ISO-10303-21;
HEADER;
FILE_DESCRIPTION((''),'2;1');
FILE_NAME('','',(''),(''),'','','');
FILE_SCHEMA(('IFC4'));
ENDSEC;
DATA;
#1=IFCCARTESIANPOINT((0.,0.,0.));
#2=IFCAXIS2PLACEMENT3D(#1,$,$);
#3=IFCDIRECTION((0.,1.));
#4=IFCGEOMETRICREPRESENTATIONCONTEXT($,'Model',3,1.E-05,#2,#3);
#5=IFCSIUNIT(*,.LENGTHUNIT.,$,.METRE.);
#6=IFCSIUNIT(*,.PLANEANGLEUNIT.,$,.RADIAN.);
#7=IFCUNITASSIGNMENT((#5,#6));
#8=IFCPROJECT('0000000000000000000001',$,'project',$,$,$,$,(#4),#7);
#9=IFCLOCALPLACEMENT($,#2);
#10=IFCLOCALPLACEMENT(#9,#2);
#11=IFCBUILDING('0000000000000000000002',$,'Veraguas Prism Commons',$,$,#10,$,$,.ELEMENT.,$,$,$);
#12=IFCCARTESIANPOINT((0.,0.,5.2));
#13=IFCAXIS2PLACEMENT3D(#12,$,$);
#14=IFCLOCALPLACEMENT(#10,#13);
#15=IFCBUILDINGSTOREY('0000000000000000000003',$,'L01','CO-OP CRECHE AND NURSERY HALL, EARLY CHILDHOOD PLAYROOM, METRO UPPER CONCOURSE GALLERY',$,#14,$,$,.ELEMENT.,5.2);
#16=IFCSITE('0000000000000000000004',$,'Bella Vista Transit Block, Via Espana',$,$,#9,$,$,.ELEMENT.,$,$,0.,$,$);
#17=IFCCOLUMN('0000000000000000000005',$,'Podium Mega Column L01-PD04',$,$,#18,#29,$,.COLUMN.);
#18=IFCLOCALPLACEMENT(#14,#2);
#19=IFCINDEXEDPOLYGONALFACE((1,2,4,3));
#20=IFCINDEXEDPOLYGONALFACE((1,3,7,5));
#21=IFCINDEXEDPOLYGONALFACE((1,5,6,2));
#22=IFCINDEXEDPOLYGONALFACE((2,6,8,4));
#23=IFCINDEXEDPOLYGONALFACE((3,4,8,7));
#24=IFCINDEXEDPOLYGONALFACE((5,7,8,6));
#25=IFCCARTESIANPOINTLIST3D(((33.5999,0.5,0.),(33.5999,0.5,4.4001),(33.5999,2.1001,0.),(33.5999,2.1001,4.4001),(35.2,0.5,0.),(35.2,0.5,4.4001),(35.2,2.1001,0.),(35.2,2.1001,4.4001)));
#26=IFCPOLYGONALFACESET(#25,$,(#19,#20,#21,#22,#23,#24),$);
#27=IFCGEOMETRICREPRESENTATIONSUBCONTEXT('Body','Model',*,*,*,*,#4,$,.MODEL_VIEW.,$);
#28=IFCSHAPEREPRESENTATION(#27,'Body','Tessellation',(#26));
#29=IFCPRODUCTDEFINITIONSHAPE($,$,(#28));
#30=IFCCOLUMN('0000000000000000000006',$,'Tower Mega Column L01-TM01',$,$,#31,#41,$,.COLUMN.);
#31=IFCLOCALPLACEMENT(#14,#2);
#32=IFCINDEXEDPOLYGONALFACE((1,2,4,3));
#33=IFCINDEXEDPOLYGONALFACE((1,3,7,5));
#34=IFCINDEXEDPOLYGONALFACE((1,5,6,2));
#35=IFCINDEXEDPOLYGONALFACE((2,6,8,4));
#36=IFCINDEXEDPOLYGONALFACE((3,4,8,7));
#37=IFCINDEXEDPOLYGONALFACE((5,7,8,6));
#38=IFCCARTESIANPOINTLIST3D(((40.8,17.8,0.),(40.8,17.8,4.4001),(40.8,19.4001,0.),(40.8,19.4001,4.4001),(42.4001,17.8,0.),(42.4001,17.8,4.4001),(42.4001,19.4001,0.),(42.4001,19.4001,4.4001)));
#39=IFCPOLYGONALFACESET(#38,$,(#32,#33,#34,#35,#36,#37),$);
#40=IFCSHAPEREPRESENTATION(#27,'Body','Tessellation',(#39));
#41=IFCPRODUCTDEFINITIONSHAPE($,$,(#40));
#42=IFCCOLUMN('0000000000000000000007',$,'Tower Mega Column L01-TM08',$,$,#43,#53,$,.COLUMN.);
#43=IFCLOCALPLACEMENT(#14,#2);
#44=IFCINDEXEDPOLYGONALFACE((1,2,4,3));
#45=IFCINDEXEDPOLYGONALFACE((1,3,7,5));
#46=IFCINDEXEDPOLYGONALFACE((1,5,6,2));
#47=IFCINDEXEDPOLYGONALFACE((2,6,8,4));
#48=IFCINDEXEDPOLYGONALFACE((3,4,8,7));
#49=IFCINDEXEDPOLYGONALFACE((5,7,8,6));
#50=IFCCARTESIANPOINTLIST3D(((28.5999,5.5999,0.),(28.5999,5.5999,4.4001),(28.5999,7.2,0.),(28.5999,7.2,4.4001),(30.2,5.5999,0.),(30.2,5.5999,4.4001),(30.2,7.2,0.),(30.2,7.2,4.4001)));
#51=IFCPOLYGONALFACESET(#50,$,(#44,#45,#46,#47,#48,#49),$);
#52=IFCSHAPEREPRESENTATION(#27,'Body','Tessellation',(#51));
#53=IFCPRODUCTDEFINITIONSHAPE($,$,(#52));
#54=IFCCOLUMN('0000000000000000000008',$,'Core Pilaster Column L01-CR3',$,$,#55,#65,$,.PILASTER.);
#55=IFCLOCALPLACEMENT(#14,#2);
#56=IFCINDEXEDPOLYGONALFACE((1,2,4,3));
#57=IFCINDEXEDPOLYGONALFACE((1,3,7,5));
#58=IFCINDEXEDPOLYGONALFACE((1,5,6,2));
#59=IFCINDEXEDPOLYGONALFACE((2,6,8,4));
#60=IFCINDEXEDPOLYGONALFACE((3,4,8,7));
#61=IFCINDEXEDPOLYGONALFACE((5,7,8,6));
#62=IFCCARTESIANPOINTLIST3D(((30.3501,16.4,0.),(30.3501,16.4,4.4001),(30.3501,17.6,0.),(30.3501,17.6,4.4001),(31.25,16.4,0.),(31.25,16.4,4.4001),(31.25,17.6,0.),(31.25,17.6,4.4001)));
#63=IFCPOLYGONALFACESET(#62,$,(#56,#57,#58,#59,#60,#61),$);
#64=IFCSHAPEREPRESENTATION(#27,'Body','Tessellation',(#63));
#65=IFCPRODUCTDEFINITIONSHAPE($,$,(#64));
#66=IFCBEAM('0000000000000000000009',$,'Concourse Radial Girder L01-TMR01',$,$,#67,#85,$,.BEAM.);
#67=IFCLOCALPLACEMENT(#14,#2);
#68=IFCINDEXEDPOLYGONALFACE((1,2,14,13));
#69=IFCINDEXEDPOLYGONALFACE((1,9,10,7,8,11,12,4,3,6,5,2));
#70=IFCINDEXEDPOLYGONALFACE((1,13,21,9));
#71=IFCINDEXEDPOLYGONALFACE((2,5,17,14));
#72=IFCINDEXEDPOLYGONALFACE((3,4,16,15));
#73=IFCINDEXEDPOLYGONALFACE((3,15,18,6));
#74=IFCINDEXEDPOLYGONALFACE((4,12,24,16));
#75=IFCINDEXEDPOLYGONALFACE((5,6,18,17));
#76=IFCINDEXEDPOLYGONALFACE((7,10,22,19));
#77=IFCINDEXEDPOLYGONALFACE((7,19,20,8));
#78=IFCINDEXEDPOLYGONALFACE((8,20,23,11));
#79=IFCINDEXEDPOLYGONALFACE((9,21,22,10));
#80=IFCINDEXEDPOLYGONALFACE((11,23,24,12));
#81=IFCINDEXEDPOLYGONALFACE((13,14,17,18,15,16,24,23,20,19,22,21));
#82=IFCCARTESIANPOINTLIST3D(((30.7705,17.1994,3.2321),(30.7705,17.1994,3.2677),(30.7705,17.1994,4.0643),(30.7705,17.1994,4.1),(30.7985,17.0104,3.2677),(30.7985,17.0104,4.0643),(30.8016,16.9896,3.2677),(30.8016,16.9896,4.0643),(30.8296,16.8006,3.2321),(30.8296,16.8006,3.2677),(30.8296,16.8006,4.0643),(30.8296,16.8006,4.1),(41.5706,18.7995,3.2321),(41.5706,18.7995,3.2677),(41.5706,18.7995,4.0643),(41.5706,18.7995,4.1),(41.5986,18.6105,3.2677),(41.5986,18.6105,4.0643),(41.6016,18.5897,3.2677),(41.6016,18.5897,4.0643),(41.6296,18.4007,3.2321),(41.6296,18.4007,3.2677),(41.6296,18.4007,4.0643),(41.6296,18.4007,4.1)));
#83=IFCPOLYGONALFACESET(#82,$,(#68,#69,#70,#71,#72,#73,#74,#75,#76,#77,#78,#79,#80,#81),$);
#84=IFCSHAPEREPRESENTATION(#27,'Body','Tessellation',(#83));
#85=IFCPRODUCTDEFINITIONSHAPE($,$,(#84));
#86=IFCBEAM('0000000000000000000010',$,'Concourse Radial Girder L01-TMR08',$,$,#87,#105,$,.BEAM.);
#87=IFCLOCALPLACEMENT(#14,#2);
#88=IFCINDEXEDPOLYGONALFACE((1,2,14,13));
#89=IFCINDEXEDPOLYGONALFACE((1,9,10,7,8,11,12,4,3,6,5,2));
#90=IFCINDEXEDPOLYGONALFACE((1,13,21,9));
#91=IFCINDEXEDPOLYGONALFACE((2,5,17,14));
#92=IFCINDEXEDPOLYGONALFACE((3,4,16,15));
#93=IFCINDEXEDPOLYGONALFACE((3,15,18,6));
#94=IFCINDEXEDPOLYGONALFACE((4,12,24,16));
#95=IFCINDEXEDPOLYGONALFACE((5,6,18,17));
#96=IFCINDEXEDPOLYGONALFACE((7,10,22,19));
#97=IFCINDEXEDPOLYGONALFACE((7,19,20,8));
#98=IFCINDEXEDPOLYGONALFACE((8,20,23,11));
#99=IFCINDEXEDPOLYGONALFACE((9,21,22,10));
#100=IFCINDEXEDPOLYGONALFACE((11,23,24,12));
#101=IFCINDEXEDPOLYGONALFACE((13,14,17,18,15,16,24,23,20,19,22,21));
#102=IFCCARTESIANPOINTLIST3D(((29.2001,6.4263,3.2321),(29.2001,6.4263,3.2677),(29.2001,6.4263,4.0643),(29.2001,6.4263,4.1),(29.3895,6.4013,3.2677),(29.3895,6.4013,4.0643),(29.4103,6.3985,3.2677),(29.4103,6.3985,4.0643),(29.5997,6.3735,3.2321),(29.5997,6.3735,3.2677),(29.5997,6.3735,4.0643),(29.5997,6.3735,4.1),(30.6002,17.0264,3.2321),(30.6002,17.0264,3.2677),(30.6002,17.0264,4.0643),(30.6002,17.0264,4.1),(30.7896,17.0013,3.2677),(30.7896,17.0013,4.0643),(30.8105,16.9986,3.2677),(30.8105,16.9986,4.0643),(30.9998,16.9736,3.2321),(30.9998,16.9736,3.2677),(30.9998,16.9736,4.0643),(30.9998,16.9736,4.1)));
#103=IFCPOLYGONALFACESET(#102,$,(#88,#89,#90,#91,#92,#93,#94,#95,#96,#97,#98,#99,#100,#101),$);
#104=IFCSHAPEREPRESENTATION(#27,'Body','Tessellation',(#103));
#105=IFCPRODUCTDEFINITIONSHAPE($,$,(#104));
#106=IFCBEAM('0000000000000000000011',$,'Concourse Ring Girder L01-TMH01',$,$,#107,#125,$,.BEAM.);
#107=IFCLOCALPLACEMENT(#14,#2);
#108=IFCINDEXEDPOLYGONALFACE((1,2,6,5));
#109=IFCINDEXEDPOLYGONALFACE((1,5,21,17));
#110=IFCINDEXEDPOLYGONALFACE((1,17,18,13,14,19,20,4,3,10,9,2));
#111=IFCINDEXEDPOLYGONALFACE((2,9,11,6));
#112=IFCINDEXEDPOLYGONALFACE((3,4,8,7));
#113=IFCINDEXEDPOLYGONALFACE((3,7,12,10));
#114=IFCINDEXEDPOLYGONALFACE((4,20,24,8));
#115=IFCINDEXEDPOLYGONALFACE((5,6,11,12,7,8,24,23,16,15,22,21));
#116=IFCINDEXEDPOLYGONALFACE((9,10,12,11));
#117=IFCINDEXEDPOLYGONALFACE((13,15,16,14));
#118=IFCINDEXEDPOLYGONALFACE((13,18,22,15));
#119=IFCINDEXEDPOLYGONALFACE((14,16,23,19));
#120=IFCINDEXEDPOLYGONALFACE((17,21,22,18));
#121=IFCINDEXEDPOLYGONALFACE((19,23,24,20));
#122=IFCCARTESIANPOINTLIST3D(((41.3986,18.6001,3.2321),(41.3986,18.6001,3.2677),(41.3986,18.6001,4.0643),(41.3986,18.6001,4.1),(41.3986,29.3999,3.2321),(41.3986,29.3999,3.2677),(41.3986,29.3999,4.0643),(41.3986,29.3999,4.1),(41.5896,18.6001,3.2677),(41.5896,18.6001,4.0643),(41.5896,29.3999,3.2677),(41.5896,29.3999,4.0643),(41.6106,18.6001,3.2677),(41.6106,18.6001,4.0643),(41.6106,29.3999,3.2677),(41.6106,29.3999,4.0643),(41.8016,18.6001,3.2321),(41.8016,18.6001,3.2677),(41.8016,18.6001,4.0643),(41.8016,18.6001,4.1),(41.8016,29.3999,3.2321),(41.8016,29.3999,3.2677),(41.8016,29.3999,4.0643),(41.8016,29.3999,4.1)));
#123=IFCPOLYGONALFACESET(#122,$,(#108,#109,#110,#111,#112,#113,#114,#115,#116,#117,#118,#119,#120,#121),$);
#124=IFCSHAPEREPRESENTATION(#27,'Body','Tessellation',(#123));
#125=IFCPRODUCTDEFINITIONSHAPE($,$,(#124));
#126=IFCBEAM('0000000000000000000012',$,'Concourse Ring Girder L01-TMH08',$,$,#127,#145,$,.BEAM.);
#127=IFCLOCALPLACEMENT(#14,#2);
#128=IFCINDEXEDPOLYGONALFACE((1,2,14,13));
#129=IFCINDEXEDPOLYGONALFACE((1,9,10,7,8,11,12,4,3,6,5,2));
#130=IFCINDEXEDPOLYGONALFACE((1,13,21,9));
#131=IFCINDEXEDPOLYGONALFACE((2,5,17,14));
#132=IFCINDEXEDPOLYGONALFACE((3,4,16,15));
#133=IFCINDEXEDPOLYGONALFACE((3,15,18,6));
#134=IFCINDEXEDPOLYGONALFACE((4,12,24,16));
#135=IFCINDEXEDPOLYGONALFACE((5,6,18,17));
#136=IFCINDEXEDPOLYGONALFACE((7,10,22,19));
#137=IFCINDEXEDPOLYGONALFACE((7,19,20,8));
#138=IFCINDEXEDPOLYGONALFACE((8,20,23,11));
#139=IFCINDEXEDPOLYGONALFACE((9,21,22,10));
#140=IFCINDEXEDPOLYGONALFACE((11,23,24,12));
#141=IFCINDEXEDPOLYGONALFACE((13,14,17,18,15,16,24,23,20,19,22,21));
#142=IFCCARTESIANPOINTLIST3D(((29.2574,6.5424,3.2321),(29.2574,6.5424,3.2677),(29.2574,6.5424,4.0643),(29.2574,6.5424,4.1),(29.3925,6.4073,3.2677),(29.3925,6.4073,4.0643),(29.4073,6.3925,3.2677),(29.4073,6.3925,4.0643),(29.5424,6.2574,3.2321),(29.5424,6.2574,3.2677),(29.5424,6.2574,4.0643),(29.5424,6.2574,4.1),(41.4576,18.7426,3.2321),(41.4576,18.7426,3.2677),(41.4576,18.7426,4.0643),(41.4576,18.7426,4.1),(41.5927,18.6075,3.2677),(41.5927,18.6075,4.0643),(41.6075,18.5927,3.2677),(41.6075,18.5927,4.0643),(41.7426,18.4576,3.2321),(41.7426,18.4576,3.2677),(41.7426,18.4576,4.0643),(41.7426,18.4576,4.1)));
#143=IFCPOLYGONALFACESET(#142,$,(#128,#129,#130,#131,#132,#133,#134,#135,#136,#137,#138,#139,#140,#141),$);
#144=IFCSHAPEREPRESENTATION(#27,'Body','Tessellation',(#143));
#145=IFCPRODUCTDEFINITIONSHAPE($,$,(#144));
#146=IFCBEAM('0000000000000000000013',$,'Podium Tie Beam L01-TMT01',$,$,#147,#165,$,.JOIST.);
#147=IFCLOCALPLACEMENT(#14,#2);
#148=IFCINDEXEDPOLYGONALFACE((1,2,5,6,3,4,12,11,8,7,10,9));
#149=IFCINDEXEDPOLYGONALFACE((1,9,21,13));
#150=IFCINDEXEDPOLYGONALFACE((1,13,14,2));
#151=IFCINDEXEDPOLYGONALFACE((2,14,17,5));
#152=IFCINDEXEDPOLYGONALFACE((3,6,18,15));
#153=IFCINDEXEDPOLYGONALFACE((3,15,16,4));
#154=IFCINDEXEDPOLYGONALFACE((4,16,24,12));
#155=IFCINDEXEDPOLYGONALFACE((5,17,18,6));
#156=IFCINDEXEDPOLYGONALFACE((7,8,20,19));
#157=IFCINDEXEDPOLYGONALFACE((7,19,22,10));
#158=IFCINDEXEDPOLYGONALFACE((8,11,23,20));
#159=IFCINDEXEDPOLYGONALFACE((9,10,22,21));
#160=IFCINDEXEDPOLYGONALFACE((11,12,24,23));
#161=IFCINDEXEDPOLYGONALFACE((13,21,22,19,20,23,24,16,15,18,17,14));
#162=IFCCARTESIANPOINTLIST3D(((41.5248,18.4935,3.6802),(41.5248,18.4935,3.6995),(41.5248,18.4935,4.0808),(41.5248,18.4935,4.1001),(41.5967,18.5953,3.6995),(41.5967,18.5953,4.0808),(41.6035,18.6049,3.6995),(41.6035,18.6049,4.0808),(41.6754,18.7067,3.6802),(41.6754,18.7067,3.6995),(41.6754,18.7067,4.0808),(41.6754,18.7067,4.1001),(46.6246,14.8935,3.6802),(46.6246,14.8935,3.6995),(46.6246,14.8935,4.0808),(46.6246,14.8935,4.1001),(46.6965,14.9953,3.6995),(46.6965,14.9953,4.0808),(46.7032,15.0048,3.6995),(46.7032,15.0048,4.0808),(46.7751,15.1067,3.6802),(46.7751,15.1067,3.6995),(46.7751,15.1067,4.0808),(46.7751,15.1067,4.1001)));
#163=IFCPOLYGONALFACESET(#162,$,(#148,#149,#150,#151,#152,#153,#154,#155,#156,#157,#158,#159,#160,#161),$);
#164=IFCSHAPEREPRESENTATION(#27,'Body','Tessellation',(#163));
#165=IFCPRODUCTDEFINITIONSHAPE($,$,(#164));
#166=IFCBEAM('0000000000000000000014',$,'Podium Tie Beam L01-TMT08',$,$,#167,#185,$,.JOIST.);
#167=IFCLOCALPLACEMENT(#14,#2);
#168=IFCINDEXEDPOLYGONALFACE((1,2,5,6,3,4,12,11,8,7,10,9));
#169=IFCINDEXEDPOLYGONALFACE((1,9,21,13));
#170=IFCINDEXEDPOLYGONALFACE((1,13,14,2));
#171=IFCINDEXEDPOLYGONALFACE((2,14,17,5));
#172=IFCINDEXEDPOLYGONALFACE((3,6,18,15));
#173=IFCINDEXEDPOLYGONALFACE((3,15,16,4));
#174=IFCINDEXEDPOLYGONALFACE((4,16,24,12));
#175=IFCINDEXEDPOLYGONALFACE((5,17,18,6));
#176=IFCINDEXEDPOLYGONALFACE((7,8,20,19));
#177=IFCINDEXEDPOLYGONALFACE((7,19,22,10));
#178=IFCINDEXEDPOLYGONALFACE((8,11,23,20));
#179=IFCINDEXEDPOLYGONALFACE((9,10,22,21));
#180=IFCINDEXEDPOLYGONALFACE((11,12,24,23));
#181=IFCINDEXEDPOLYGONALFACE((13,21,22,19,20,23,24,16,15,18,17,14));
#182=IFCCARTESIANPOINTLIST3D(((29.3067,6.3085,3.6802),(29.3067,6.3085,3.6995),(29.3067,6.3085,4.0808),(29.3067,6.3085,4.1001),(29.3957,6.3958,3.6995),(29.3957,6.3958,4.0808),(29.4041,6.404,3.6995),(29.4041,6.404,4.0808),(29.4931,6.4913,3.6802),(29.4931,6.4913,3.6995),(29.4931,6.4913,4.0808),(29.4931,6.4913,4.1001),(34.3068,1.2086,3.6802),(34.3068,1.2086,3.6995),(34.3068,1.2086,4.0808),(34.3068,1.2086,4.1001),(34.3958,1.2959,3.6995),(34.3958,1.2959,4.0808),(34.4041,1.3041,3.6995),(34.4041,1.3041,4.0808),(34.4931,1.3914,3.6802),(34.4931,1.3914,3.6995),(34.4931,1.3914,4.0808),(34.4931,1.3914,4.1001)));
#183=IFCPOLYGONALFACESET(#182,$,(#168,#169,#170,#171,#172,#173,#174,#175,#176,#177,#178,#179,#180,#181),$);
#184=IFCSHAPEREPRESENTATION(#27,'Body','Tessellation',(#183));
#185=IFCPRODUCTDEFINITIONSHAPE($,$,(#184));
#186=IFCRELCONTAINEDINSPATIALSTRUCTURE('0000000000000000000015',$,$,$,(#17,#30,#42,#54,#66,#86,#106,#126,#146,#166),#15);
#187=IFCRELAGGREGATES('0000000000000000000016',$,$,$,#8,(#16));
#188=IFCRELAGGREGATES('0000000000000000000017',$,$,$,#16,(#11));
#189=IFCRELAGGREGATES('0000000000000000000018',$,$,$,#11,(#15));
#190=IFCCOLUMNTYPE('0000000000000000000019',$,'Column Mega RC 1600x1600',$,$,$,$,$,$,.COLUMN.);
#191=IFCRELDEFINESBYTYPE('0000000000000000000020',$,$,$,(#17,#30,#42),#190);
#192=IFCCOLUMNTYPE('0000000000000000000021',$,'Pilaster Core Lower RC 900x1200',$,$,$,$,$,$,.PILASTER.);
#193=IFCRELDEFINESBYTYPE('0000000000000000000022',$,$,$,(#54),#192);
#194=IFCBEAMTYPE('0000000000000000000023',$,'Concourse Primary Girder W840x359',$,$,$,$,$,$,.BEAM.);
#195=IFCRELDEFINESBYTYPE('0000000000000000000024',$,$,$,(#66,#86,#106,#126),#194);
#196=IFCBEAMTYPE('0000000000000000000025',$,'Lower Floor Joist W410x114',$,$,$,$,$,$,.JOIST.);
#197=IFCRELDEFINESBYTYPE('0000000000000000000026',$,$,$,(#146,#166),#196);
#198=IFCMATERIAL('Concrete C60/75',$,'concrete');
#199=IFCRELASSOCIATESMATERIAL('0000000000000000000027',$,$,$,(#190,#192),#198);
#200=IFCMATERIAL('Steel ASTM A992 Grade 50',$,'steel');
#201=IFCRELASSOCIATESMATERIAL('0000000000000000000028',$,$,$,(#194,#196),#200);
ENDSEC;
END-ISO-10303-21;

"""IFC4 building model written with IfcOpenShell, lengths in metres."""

from ifc_helpers import new_model, si_unit, direction, frame, origin, origin_2d, place, context, subcontext, project, spatial, rectangle, i_section, extrude, material, material_profile, profile_set, type_object, element, save


model = new_model("IFC4")

# Units and contexts
model_context = context("Model", 3, precision=1e-05, world=origin(), true_north=direction((0.0, 1.0)))
body_context = subcontext(model_context, "Body", "Model", "MODEL_VIEW")
ifc_project = project(units=[si_unit("LENGTHUNIT", "METRE"), si_unit("PLANEANGLEUNIT", "RADIAN")], contexts=[model_context])

# Site, building, storey
site_placement = place(None, origin())
site = spatial("IfcSite", under=ifc_project, at=site_placement, Name="Bella Vista Transit Block, Via Espana", CompositionType="ELEMENT", RefElevation=0.0)
building_placement = place(site_placement, origin())
building = spatial("IfcBuilding", under=site, at=building_placement, Name="Veraguas Prism Commons", CompositionType="ELEMENT")
storey_placement = place(building_placement, frame((0.0, 0.0, 5.2)))
storey = spatial("IfcBuildingStorey", under=building, at=storey_placement, Name="L01", Description="CO-OP CRECHE AND NURSERY HALL, EARLY CHILDHOOD PLAYROOM, METRO UPPER CONCOURSE GALLERY", CompositionType="ELEMENT", Elevation=5.2)

# Columns
ifc_material_1 = material(Name="Concrete C60/75", Category="concrete")
ifc_material_profile_1 = material_profile(ifc_material_1, rectangle(XDim=1.6001, YDim=1.6001, at=origin_2d()), Name="RC1600X1600")
ifc_profile_set_1 = profile_set([ifc_material_profile_1], Name="Concrete C60/75")
column_type_1 = type_object("IfcColumnType", Name="Column Mega RC 1600x1600", PredefinedType="COLUMN", material=ifc_profile_set_1)
for number, where, z_axis, x_axis, name in (
    (1, (34.3999, 1.3, 0.0), (0.0, 0.0, 1.0), (1.0, 0.0, 0.0), "Podium Mega Column L01-PD04"),
    (2, (41.6001, 18.6001, 0.0), (0.0, 0.0, 1.0), (1.0, 0.0, 0.0), "Tower Mega Column L01-TM01"),
    (3, (29.3999, 6.3999, 0.0), (0.0, 0.0, 1.0), (1.0, 0.0, 0.0), "Tower Mega Column L01-TM08"),
):
    element("IfcColumn", number, at=place(storey_placement, frame(where, z_axis=z_axis, x_axis=x_axis)), inside=storey, type_object=column_type_1, Name=name, PredefinedType="COLUMN", context=body_context, shape_type="SweptSolid", body=[
        extrude(rectangle(XDim=1.6001, YDim=1.6001, at=origin_2d()), origin(), (0.0, 0.0, 1.0), 4.4001),
    ])
ifc_material_profile_2 = material_profile(ifc_material_1, rectangle(XDim=0.8999, YDim=1.2, at=origin_2d()), Name="RC900X1200")
ifc_profile_set_2 = profile_set([ifc_material_profile_2], Name="Concrete C60/75")
column_type_2 = type_object("IfcColumnType", Name="Pilaster Core Lower RC 900x1200", PredefinedType="PILASTER", material=ifc_profile_set_2)
column_placement = place(storey_placement, frame((30.8, 17.0, 0.0), z_axis=(0.0, 0.0, 1.0), x_axis=(1.0, 0.0, 0.0)))
element("IfcColumn", 4, at=column_placement, inside=storey, type_object=column_type_2, Name="Core Pilaster Column L01-CR3", PredefinedType="PILASTER", context=body_context, shape_type="SweptSolid", body=[
    extrude(rectangle(XDim=0.8999, YDim=1.2, at=origin_2d()), origin(), (0.0, 0.0, 1.0), 4.4001),
])

# Beams
ifc_material_2 = material(Name="Steel ASTM A992 Grade 50", Category="steel")
ifc_material_profile_3 = material_profile(ifc_material_2, i_section(OverallWidth=0.4031, OverallDepth=0.8679, WebThickness=0.021, FlangeThickness=0.0356, at=origin_2d()), Name="W840X359")
ifc_profile_set_3 = profile_set([ifc_material_profile_3], Name="Steel ASTM A992 Grade 50")
beam_type_1 = type_object("IfcBeamType", Name="Concourse Primary Girder W840x359", PredefinedType="BEAM", material=ifc_profile_set_3)
beam_1_placement = place(storey_placement, frame((41.6001, 18.6001, 3.666), z_axis=(-0.989202, -0.146557, 0.0), x_axis=(0.146557, -0.989202, 0.0)))
element("IfcBeam", 5, at=beam_1_placement, inside=storey, type_object=beam_type_1, Name="Concourse Radial Girder L01-TMR01", PredefinedType="BEAM", context=body_context, shape_type="SweptSolid", body=[
    extrude(i_section(OverallWidth=0.4031, OverallDepth=0.8679, WebThickness=0.021, FlangeThickness=0.0356, at=origin_2d()), origin(), (0.0, 0.0, 1.0), 10.918),
])
beam_2_placement = place(storey_placement, frame((29.3999, 6.3999, 3.666), z_axis=(0.130951, 0.991389, 0.0), x_axis=(-0.991389, 0.130951, 0.0)))
element("IfcBeam", 6, at=beam_2_placement, inside=storey, type_object=beam_type_1, Name="Concourse Radial Girder L01-TMR08", PredefinedType="BEAM", context=body_context, shape_type="SweptSolid", body=[
    extrude(i_section(OverallWidth=0.4031, OverallDepth=0.8679, WebThickness=0.021, FlangeThickness=0.0356, at=origin_2d()), origin(), (0.0, 0.0, 1.0), 10.6921),
])
beam_3_placement = place(storey_placement, frame((41.6001, 18.6001, 3.666), z_axis=(0.0, 1.0, 0.0), x_axis=(-1.0, 0.0, 0.0)))
element("IfcBeam", 7, at=beam_3_placement, inside=storey, type_object=beam_type_1, Name="Concourse Ring Girder L01-TMH01", PredefinedType="BEAM", context=body_context, shape_type="SweptSolid", body=[
    extrude(i_section(OverallWidth=0.4031, OverallDepth=0.8679, WebThickness=0.021, FlangeThickness=0.0356, at=origin_2d()), origin(), (0.0, 0.0, 1.0), 10.7998),
])
beam_4_placement = place(storey_placement, frame((29.3999, 6.3999, 3.666), z_axis=(0.707107, 0.707107, 0.0), x_axis=(-0.707107, 0.707107, 0.0)))
element("IfcBeam", 8, at=beam_4_placement, inside=storey, type_object=beam_type_1, Name="Concourse Ring Girder L01-TMH08", PredefinedType="BEAM", context=body_context, shape_type="SweptSolid", body=[
    extrude(i_section(OverallWidth=0.4031, OverallDepth=0.8679, WebThickness=0.021, FlangeThickness=0.0356, at=origin_2d()), origin(), (0.0, 0.0, 1.0), 17.2537),
])
ifc_material_profile_4 = material_profile(ifc_material_2, i_section(OverallWidth=0.261, OverallDepth=0.4199, WebThickness=0.0117, FlangeThickness=0.0193, at=origin_2d()), Name="W410X114")
ifc_profile_set_4 = profile_set([ifc_material_profile_4], Name="Steel ASTM A992 Grade 50")
beam_type_2 = type_object("IfcBeamType", Name="Lower Floor Joist W410x114", PredefinedType="JOIST", material=ifc_profile_set_4)
beam_5_placement = place(storey_placement, frame((41.6001, 18.6001, 3.8901), z_axis=(0.816953, -0.576705, 0.0), x_axis=(0.576705, 0.816953, 0.0)))
element("IfcBeam", 9, at=beam_5_placement, inside=storey, type_object=beam_type_2, Name="Podium Tie Beam L01-TMT01", PredefinedType="JOIST", context=body_context, shape_type="SweptSolid", body=[
    extrude(i_section(OverallWidth=0.261, OverallDepth=0.4199, WebThickness=0.0117, FlangeThickness=0.0193, at=origin_2d()), origin(), (0.0, 0.0, 1.0), 6.2424),
])
beam_6_placement = place(storey_placement, frame((29.3999, 6.3999, 3.8901), z_axis=(0.700082, -0.714063, 0.0), x_axis=(0.714063, 0.700082, 0.0)))
element("IfcBeam", 10, at=beam_6_placement, inside=storey, type_object=beam_type_2, Name="Podium Tie Beam L01-TMT08", PredefinedType="JOIST", context=body_context, shape_type="SweptSolid", body=[
    extrude(i_section(OverallWidth=0.261, OverallDepth=0.4199, WebThickness=0.0117, FlangeThickness=0.0193, at=origin_2d()), origin(), (0.0, 0.0, 1.0), 7.1421),
])

save(model, "model.ifc")
